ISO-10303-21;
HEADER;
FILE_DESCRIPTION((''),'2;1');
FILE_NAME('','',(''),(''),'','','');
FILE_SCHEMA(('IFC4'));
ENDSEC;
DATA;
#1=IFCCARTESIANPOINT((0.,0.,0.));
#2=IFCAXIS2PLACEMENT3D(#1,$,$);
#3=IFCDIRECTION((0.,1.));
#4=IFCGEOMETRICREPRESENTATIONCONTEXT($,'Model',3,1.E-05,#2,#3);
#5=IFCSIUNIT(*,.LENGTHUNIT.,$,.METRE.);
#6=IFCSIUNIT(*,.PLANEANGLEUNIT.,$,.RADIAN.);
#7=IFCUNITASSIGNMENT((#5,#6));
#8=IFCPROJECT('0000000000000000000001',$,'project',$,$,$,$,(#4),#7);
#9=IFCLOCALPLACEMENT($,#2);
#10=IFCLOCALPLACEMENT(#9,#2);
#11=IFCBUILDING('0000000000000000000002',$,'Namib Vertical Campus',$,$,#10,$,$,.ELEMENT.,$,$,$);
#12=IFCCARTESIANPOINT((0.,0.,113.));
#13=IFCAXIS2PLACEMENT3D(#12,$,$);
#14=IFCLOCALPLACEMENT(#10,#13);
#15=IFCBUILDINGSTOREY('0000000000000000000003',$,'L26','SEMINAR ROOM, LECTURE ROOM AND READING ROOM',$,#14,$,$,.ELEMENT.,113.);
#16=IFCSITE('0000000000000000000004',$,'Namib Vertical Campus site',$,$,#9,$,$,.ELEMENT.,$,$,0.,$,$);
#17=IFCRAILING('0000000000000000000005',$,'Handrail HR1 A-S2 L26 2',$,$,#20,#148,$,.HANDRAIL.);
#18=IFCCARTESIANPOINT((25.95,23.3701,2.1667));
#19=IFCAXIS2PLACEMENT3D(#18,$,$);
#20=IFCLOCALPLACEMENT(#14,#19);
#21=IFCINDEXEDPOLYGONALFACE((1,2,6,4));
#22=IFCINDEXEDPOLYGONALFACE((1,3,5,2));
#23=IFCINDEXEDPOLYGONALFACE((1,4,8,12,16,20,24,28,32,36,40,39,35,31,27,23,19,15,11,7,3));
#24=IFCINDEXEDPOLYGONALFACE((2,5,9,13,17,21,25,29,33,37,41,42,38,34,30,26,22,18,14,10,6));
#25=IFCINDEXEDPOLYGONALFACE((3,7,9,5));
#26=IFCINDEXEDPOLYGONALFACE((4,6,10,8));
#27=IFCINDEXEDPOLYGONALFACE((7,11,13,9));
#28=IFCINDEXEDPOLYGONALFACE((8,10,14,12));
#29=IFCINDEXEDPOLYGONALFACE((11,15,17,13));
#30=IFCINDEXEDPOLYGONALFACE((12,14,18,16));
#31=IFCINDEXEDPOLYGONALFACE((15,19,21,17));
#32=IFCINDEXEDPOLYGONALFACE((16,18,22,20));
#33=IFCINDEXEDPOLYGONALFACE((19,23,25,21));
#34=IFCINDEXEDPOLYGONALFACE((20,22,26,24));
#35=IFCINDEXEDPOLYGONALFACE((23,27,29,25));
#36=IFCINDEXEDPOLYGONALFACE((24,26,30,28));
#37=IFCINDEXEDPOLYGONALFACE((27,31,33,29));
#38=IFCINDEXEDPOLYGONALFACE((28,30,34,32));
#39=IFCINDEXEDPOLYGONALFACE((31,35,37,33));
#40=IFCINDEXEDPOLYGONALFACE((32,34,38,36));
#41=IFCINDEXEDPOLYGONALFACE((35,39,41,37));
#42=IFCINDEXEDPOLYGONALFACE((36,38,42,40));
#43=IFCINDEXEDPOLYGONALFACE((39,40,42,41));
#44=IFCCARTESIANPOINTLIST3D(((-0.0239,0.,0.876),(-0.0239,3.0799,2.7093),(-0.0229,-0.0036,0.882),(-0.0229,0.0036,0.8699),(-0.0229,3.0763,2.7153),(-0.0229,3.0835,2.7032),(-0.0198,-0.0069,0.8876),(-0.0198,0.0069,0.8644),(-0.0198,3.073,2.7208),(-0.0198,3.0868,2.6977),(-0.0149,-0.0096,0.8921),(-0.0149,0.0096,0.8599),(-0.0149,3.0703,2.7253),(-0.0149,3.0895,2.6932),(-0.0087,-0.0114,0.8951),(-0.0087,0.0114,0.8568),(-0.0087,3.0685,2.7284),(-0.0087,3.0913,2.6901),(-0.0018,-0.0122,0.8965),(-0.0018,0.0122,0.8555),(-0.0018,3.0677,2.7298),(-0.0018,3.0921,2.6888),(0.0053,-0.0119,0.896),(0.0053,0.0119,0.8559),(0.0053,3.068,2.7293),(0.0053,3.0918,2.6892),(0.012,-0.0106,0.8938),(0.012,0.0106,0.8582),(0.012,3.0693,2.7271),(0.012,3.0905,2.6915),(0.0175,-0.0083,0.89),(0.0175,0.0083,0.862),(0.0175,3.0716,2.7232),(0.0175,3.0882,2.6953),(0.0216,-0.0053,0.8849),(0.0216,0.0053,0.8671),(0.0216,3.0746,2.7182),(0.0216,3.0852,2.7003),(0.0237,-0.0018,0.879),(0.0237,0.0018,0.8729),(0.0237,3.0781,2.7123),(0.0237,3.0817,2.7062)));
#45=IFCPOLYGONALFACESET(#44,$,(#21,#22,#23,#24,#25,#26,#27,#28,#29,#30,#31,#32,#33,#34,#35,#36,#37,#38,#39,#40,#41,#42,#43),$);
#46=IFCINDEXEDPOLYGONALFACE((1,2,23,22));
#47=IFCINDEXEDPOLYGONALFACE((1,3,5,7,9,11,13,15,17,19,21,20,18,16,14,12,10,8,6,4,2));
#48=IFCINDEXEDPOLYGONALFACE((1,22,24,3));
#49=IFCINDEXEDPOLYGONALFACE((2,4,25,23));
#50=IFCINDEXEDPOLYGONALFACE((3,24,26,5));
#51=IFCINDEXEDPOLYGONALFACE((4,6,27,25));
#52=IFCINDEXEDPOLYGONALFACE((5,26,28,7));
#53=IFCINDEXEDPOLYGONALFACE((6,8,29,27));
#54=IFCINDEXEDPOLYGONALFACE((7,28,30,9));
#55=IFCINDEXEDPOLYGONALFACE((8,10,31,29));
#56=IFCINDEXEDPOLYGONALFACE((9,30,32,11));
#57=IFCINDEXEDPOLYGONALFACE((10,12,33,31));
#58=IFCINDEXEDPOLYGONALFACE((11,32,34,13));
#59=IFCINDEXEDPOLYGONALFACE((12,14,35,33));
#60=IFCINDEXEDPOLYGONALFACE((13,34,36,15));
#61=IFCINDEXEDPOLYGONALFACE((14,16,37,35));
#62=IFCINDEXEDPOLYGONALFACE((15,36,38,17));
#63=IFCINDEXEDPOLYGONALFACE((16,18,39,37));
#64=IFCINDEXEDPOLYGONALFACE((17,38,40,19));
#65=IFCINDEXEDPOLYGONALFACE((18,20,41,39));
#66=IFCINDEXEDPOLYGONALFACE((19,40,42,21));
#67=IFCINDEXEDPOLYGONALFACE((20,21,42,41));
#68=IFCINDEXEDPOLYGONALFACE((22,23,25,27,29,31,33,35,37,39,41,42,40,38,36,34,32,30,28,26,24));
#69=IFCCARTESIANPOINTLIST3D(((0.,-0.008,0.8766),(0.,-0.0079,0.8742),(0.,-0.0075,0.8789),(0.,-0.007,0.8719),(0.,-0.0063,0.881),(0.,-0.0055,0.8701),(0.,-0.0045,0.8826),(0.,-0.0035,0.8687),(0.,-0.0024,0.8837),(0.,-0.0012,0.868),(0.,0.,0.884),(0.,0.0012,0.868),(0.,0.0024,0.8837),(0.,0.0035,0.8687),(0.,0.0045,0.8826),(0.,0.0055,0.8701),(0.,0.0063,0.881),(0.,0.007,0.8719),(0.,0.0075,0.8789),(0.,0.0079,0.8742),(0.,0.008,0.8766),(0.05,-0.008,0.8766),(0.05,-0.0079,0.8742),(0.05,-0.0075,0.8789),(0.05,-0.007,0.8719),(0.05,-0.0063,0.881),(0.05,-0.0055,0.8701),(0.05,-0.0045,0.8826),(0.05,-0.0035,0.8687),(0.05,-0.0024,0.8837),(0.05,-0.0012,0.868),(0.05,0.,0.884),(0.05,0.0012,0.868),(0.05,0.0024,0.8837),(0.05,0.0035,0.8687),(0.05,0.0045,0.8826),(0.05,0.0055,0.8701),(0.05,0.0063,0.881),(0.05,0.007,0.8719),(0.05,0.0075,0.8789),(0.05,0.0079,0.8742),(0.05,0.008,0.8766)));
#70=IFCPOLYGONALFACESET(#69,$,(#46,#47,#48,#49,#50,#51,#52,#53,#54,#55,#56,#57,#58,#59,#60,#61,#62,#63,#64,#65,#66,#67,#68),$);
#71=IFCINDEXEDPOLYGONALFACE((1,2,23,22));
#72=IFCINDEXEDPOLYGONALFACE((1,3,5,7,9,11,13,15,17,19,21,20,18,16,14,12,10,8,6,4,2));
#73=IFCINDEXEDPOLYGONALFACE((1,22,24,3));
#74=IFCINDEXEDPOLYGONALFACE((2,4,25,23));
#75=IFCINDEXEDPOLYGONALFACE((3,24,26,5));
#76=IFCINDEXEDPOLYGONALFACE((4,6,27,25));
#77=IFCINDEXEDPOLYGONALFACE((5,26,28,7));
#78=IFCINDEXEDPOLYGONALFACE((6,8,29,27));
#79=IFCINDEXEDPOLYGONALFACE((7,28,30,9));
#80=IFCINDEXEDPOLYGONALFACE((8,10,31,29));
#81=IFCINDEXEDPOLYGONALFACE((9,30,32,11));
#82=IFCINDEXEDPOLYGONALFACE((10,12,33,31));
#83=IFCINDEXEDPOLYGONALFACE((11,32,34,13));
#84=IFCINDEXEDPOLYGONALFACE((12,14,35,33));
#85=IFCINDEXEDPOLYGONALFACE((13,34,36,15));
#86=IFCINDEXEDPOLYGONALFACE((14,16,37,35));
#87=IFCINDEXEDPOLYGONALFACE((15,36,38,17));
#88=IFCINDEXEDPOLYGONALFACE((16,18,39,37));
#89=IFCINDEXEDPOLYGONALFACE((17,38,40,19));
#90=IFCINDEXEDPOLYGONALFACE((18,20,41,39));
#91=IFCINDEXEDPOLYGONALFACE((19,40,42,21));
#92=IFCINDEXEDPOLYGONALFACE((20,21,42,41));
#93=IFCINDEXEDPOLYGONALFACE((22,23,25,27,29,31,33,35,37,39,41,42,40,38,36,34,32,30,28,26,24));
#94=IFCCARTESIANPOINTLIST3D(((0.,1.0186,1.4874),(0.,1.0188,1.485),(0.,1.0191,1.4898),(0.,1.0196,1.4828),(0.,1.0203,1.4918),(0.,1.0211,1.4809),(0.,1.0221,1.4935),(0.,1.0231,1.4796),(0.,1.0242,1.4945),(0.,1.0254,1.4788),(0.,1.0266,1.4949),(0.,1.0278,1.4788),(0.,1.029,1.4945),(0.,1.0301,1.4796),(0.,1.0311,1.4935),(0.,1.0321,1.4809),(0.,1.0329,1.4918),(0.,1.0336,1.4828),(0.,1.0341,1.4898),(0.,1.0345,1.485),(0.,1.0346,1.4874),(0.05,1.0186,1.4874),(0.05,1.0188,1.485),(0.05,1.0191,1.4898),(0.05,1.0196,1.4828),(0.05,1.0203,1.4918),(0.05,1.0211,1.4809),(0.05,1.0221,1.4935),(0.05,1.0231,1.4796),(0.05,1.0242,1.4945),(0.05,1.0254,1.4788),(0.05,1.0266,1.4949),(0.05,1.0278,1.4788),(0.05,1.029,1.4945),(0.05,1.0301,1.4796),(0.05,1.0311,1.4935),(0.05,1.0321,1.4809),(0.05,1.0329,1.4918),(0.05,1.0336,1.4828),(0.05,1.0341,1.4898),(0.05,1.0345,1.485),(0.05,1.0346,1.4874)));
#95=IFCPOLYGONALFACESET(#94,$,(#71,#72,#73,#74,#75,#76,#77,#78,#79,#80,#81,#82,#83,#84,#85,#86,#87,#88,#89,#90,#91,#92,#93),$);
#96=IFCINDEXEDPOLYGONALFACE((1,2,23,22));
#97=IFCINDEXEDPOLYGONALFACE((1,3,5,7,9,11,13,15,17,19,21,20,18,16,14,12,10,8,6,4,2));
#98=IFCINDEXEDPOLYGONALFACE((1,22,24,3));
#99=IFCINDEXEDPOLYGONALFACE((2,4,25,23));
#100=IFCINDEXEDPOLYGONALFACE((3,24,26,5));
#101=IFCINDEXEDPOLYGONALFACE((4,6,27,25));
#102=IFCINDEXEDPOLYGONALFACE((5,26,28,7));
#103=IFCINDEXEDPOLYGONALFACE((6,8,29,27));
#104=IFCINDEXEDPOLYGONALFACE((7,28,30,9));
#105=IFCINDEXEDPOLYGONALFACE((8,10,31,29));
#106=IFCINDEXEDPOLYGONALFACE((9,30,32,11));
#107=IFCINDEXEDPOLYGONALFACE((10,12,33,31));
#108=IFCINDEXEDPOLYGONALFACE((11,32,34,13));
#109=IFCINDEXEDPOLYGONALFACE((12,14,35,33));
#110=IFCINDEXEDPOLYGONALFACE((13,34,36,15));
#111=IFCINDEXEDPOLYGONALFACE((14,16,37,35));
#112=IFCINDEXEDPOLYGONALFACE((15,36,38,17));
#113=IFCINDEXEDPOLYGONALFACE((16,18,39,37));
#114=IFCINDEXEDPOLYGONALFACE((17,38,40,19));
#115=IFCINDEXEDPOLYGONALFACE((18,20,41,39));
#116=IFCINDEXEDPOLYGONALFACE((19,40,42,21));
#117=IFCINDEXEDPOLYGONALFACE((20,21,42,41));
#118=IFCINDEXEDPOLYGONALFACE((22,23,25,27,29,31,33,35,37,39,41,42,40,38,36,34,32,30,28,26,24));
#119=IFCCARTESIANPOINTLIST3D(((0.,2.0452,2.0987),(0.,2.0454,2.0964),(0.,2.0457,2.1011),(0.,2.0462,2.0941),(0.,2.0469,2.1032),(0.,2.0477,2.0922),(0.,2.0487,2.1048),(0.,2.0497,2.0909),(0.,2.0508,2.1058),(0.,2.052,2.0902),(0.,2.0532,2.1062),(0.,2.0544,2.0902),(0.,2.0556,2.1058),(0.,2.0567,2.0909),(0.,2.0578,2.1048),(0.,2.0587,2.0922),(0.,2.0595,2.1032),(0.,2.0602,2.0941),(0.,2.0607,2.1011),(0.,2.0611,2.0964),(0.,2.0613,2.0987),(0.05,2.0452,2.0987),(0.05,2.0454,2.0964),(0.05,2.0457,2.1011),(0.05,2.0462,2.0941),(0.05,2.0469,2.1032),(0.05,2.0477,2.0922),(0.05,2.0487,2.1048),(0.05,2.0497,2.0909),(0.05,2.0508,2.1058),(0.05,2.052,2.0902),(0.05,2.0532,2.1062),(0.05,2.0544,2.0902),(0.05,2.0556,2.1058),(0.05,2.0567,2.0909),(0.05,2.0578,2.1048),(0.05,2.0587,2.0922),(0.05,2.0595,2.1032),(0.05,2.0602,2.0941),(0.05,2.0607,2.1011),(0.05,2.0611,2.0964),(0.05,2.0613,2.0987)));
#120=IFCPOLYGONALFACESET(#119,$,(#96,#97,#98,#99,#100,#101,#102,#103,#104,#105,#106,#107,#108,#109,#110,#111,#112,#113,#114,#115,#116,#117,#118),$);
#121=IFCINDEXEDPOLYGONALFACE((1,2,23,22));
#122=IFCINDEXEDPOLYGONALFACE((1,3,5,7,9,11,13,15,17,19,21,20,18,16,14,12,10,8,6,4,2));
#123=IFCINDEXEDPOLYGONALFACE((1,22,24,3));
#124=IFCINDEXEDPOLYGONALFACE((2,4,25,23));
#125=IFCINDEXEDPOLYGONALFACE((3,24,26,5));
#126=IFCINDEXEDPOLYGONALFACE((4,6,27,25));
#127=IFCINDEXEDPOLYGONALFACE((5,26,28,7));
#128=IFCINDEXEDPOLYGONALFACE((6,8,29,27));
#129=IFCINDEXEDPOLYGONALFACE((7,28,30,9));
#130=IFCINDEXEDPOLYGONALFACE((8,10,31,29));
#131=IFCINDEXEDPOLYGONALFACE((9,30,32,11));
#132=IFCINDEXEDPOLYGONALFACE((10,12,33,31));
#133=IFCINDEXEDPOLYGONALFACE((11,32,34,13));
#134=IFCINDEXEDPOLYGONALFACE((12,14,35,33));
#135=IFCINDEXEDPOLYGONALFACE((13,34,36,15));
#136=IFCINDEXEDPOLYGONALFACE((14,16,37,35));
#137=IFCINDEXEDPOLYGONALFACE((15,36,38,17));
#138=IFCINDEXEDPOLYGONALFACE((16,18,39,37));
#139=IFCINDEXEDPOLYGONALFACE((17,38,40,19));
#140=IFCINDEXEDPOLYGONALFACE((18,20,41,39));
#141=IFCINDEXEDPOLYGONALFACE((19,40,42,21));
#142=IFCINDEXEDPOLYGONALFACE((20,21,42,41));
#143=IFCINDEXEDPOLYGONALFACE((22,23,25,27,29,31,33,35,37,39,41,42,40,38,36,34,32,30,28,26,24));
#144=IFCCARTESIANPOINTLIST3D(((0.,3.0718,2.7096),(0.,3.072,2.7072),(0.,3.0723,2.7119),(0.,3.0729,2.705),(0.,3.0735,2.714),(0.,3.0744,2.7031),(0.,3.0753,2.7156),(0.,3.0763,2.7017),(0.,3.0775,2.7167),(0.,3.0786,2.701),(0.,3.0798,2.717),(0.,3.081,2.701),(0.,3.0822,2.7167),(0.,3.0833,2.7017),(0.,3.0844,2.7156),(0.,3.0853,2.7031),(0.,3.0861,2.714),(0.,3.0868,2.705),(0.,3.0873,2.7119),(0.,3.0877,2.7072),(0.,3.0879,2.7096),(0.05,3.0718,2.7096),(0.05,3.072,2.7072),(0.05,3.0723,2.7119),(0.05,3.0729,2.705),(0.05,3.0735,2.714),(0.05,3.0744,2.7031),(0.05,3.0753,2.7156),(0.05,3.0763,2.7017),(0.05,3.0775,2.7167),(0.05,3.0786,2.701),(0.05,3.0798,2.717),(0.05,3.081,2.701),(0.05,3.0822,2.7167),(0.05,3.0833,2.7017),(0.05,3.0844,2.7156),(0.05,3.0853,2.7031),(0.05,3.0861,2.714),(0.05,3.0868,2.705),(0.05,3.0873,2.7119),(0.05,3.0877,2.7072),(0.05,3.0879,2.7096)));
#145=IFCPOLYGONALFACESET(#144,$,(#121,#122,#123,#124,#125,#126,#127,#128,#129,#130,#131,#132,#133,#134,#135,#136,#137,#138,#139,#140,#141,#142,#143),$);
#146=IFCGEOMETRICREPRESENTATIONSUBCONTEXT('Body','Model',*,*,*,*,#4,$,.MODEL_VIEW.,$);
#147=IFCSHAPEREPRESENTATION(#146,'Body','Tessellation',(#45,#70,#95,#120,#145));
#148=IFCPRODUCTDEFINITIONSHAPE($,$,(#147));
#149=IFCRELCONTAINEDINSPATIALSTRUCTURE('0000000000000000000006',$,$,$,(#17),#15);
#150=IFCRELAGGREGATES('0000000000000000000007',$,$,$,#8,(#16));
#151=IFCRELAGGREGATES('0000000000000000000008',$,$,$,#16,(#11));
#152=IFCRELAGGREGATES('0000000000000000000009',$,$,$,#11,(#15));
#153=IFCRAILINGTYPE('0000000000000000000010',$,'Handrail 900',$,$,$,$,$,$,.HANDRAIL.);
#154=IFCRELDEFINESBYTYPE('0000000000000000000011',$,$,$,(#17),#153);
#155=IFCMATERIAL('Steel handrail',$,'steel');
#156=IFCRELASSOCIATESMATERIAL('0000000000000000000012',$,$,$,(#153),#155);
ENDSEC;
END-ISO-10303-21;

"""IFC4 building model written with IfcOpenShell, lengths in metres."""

from ifc_helpers import new_model, si_unit, direction, frame, origin, origin_2d, place, context, subcontext, project, spatial, circle, extrude, material, type_object, element, save


model = new_model("IFC4")

# Units and contexts
model_context = context("Model", 3, precision=1e-05, world=origin(), true_north=direction((0.0, 1.0)))
body_context = subcontext(model_context, "Body", "Model", "MODEL_VIEW")
ifc_project = project(units=[si_unit("LENGTHUNIT", "METRE"), si_unit("PLANEANGLEUNIT", "RADIAN")], contexts=[model_context])

# Site, building, storey
site_placement = place(None, origin())
site = spatial("IfcSite", under=ifc_project, at=site_placement, Name="Namib Vertical Campus site", CompositionType="ELEMENT", RefElevation=0.0)
building_placement = place(site_placement, origin())
building = spatial("IfcBuilding", under=site, at=building_placement, Name="Namib Vertical Campus", CompositionType="ELEMENT")
storey_placement = place(building_placement, frame((0.0, 0.0, 113.0)))
storey = spatial("IfcBuildingStorey", under=building, at=storey_placement, Name="L26", Description="SEMINAR ROOM, LECTURE ROOM AND READING ROOM", CompositionType="ELEMENT", Elevation=113.0)

# Railing
ifc_material_1 = material(Name="Steel handrail", Category="steel")
railing_type_1 = type_object("IfcRailingType", Name="Handrail 900", PredefinedType="HANDRAIL", material=ifc_material_1)
railing_1_placement = place(storey_placement, frame((25.95, 23.3701, 2.1667)))
element("IfcRailing", 1, at=railing_1_placement, inside=storey, type_object=railing_type_1, Name="Handrail HR1 A-S2 L26 2", PredefinedType="HANDRAIL", context=body_context, shape_type="SweptSolid", body=[
    extrude(circle(Radius=0.0239, at=origin_2d()), frame((0.0, 0.0, 0.876), z_axis=(0.0, 0.859291, 0.511487), x_axis=(-1.0, 0.0, 0.0)), (0.0, 0.0, 1.0), 3.5842),
    extrude(circle(Radius=0.0081, at=origin_2d()), frame((0.0, 0.0, 0.876), z_axis=(1.0, 0.0, 0.0), x_axis=(0.0, 0.0, 1.0)), (0.0, 0.0, 1.0), 0.05),
    extrude(circle(Radius=0.0081, at=origin_2d()), frame((0.0, 1.0266, 1.4868), z_axis=(1.0, 0.0, 0.0), x_axis=(0.0, 0.0, 1.0)), (0.0, 0.0, 1.0), 0.05),
    extrude(circle(Radius=0.0081, at=origin_2d()), frame((0.0, 2.0532, 2.0981), z_axis=(1.0, 0.0, 0.0), x_axis=(0.0, 0.0, 1.0)), (0.0, 0.0, 1.0), 0.05),
    extrude(circle(Radius=0.0081, at=origin_2d()), frame((0.0, 3.0798, 2.709), z_axis=(1.0, 0.0, 0.0), x_axis=(0.0, 0.0, 1.0)), (0.0, 0.0, 1.0), 0.05),
])

save(model, "model.ifc")
